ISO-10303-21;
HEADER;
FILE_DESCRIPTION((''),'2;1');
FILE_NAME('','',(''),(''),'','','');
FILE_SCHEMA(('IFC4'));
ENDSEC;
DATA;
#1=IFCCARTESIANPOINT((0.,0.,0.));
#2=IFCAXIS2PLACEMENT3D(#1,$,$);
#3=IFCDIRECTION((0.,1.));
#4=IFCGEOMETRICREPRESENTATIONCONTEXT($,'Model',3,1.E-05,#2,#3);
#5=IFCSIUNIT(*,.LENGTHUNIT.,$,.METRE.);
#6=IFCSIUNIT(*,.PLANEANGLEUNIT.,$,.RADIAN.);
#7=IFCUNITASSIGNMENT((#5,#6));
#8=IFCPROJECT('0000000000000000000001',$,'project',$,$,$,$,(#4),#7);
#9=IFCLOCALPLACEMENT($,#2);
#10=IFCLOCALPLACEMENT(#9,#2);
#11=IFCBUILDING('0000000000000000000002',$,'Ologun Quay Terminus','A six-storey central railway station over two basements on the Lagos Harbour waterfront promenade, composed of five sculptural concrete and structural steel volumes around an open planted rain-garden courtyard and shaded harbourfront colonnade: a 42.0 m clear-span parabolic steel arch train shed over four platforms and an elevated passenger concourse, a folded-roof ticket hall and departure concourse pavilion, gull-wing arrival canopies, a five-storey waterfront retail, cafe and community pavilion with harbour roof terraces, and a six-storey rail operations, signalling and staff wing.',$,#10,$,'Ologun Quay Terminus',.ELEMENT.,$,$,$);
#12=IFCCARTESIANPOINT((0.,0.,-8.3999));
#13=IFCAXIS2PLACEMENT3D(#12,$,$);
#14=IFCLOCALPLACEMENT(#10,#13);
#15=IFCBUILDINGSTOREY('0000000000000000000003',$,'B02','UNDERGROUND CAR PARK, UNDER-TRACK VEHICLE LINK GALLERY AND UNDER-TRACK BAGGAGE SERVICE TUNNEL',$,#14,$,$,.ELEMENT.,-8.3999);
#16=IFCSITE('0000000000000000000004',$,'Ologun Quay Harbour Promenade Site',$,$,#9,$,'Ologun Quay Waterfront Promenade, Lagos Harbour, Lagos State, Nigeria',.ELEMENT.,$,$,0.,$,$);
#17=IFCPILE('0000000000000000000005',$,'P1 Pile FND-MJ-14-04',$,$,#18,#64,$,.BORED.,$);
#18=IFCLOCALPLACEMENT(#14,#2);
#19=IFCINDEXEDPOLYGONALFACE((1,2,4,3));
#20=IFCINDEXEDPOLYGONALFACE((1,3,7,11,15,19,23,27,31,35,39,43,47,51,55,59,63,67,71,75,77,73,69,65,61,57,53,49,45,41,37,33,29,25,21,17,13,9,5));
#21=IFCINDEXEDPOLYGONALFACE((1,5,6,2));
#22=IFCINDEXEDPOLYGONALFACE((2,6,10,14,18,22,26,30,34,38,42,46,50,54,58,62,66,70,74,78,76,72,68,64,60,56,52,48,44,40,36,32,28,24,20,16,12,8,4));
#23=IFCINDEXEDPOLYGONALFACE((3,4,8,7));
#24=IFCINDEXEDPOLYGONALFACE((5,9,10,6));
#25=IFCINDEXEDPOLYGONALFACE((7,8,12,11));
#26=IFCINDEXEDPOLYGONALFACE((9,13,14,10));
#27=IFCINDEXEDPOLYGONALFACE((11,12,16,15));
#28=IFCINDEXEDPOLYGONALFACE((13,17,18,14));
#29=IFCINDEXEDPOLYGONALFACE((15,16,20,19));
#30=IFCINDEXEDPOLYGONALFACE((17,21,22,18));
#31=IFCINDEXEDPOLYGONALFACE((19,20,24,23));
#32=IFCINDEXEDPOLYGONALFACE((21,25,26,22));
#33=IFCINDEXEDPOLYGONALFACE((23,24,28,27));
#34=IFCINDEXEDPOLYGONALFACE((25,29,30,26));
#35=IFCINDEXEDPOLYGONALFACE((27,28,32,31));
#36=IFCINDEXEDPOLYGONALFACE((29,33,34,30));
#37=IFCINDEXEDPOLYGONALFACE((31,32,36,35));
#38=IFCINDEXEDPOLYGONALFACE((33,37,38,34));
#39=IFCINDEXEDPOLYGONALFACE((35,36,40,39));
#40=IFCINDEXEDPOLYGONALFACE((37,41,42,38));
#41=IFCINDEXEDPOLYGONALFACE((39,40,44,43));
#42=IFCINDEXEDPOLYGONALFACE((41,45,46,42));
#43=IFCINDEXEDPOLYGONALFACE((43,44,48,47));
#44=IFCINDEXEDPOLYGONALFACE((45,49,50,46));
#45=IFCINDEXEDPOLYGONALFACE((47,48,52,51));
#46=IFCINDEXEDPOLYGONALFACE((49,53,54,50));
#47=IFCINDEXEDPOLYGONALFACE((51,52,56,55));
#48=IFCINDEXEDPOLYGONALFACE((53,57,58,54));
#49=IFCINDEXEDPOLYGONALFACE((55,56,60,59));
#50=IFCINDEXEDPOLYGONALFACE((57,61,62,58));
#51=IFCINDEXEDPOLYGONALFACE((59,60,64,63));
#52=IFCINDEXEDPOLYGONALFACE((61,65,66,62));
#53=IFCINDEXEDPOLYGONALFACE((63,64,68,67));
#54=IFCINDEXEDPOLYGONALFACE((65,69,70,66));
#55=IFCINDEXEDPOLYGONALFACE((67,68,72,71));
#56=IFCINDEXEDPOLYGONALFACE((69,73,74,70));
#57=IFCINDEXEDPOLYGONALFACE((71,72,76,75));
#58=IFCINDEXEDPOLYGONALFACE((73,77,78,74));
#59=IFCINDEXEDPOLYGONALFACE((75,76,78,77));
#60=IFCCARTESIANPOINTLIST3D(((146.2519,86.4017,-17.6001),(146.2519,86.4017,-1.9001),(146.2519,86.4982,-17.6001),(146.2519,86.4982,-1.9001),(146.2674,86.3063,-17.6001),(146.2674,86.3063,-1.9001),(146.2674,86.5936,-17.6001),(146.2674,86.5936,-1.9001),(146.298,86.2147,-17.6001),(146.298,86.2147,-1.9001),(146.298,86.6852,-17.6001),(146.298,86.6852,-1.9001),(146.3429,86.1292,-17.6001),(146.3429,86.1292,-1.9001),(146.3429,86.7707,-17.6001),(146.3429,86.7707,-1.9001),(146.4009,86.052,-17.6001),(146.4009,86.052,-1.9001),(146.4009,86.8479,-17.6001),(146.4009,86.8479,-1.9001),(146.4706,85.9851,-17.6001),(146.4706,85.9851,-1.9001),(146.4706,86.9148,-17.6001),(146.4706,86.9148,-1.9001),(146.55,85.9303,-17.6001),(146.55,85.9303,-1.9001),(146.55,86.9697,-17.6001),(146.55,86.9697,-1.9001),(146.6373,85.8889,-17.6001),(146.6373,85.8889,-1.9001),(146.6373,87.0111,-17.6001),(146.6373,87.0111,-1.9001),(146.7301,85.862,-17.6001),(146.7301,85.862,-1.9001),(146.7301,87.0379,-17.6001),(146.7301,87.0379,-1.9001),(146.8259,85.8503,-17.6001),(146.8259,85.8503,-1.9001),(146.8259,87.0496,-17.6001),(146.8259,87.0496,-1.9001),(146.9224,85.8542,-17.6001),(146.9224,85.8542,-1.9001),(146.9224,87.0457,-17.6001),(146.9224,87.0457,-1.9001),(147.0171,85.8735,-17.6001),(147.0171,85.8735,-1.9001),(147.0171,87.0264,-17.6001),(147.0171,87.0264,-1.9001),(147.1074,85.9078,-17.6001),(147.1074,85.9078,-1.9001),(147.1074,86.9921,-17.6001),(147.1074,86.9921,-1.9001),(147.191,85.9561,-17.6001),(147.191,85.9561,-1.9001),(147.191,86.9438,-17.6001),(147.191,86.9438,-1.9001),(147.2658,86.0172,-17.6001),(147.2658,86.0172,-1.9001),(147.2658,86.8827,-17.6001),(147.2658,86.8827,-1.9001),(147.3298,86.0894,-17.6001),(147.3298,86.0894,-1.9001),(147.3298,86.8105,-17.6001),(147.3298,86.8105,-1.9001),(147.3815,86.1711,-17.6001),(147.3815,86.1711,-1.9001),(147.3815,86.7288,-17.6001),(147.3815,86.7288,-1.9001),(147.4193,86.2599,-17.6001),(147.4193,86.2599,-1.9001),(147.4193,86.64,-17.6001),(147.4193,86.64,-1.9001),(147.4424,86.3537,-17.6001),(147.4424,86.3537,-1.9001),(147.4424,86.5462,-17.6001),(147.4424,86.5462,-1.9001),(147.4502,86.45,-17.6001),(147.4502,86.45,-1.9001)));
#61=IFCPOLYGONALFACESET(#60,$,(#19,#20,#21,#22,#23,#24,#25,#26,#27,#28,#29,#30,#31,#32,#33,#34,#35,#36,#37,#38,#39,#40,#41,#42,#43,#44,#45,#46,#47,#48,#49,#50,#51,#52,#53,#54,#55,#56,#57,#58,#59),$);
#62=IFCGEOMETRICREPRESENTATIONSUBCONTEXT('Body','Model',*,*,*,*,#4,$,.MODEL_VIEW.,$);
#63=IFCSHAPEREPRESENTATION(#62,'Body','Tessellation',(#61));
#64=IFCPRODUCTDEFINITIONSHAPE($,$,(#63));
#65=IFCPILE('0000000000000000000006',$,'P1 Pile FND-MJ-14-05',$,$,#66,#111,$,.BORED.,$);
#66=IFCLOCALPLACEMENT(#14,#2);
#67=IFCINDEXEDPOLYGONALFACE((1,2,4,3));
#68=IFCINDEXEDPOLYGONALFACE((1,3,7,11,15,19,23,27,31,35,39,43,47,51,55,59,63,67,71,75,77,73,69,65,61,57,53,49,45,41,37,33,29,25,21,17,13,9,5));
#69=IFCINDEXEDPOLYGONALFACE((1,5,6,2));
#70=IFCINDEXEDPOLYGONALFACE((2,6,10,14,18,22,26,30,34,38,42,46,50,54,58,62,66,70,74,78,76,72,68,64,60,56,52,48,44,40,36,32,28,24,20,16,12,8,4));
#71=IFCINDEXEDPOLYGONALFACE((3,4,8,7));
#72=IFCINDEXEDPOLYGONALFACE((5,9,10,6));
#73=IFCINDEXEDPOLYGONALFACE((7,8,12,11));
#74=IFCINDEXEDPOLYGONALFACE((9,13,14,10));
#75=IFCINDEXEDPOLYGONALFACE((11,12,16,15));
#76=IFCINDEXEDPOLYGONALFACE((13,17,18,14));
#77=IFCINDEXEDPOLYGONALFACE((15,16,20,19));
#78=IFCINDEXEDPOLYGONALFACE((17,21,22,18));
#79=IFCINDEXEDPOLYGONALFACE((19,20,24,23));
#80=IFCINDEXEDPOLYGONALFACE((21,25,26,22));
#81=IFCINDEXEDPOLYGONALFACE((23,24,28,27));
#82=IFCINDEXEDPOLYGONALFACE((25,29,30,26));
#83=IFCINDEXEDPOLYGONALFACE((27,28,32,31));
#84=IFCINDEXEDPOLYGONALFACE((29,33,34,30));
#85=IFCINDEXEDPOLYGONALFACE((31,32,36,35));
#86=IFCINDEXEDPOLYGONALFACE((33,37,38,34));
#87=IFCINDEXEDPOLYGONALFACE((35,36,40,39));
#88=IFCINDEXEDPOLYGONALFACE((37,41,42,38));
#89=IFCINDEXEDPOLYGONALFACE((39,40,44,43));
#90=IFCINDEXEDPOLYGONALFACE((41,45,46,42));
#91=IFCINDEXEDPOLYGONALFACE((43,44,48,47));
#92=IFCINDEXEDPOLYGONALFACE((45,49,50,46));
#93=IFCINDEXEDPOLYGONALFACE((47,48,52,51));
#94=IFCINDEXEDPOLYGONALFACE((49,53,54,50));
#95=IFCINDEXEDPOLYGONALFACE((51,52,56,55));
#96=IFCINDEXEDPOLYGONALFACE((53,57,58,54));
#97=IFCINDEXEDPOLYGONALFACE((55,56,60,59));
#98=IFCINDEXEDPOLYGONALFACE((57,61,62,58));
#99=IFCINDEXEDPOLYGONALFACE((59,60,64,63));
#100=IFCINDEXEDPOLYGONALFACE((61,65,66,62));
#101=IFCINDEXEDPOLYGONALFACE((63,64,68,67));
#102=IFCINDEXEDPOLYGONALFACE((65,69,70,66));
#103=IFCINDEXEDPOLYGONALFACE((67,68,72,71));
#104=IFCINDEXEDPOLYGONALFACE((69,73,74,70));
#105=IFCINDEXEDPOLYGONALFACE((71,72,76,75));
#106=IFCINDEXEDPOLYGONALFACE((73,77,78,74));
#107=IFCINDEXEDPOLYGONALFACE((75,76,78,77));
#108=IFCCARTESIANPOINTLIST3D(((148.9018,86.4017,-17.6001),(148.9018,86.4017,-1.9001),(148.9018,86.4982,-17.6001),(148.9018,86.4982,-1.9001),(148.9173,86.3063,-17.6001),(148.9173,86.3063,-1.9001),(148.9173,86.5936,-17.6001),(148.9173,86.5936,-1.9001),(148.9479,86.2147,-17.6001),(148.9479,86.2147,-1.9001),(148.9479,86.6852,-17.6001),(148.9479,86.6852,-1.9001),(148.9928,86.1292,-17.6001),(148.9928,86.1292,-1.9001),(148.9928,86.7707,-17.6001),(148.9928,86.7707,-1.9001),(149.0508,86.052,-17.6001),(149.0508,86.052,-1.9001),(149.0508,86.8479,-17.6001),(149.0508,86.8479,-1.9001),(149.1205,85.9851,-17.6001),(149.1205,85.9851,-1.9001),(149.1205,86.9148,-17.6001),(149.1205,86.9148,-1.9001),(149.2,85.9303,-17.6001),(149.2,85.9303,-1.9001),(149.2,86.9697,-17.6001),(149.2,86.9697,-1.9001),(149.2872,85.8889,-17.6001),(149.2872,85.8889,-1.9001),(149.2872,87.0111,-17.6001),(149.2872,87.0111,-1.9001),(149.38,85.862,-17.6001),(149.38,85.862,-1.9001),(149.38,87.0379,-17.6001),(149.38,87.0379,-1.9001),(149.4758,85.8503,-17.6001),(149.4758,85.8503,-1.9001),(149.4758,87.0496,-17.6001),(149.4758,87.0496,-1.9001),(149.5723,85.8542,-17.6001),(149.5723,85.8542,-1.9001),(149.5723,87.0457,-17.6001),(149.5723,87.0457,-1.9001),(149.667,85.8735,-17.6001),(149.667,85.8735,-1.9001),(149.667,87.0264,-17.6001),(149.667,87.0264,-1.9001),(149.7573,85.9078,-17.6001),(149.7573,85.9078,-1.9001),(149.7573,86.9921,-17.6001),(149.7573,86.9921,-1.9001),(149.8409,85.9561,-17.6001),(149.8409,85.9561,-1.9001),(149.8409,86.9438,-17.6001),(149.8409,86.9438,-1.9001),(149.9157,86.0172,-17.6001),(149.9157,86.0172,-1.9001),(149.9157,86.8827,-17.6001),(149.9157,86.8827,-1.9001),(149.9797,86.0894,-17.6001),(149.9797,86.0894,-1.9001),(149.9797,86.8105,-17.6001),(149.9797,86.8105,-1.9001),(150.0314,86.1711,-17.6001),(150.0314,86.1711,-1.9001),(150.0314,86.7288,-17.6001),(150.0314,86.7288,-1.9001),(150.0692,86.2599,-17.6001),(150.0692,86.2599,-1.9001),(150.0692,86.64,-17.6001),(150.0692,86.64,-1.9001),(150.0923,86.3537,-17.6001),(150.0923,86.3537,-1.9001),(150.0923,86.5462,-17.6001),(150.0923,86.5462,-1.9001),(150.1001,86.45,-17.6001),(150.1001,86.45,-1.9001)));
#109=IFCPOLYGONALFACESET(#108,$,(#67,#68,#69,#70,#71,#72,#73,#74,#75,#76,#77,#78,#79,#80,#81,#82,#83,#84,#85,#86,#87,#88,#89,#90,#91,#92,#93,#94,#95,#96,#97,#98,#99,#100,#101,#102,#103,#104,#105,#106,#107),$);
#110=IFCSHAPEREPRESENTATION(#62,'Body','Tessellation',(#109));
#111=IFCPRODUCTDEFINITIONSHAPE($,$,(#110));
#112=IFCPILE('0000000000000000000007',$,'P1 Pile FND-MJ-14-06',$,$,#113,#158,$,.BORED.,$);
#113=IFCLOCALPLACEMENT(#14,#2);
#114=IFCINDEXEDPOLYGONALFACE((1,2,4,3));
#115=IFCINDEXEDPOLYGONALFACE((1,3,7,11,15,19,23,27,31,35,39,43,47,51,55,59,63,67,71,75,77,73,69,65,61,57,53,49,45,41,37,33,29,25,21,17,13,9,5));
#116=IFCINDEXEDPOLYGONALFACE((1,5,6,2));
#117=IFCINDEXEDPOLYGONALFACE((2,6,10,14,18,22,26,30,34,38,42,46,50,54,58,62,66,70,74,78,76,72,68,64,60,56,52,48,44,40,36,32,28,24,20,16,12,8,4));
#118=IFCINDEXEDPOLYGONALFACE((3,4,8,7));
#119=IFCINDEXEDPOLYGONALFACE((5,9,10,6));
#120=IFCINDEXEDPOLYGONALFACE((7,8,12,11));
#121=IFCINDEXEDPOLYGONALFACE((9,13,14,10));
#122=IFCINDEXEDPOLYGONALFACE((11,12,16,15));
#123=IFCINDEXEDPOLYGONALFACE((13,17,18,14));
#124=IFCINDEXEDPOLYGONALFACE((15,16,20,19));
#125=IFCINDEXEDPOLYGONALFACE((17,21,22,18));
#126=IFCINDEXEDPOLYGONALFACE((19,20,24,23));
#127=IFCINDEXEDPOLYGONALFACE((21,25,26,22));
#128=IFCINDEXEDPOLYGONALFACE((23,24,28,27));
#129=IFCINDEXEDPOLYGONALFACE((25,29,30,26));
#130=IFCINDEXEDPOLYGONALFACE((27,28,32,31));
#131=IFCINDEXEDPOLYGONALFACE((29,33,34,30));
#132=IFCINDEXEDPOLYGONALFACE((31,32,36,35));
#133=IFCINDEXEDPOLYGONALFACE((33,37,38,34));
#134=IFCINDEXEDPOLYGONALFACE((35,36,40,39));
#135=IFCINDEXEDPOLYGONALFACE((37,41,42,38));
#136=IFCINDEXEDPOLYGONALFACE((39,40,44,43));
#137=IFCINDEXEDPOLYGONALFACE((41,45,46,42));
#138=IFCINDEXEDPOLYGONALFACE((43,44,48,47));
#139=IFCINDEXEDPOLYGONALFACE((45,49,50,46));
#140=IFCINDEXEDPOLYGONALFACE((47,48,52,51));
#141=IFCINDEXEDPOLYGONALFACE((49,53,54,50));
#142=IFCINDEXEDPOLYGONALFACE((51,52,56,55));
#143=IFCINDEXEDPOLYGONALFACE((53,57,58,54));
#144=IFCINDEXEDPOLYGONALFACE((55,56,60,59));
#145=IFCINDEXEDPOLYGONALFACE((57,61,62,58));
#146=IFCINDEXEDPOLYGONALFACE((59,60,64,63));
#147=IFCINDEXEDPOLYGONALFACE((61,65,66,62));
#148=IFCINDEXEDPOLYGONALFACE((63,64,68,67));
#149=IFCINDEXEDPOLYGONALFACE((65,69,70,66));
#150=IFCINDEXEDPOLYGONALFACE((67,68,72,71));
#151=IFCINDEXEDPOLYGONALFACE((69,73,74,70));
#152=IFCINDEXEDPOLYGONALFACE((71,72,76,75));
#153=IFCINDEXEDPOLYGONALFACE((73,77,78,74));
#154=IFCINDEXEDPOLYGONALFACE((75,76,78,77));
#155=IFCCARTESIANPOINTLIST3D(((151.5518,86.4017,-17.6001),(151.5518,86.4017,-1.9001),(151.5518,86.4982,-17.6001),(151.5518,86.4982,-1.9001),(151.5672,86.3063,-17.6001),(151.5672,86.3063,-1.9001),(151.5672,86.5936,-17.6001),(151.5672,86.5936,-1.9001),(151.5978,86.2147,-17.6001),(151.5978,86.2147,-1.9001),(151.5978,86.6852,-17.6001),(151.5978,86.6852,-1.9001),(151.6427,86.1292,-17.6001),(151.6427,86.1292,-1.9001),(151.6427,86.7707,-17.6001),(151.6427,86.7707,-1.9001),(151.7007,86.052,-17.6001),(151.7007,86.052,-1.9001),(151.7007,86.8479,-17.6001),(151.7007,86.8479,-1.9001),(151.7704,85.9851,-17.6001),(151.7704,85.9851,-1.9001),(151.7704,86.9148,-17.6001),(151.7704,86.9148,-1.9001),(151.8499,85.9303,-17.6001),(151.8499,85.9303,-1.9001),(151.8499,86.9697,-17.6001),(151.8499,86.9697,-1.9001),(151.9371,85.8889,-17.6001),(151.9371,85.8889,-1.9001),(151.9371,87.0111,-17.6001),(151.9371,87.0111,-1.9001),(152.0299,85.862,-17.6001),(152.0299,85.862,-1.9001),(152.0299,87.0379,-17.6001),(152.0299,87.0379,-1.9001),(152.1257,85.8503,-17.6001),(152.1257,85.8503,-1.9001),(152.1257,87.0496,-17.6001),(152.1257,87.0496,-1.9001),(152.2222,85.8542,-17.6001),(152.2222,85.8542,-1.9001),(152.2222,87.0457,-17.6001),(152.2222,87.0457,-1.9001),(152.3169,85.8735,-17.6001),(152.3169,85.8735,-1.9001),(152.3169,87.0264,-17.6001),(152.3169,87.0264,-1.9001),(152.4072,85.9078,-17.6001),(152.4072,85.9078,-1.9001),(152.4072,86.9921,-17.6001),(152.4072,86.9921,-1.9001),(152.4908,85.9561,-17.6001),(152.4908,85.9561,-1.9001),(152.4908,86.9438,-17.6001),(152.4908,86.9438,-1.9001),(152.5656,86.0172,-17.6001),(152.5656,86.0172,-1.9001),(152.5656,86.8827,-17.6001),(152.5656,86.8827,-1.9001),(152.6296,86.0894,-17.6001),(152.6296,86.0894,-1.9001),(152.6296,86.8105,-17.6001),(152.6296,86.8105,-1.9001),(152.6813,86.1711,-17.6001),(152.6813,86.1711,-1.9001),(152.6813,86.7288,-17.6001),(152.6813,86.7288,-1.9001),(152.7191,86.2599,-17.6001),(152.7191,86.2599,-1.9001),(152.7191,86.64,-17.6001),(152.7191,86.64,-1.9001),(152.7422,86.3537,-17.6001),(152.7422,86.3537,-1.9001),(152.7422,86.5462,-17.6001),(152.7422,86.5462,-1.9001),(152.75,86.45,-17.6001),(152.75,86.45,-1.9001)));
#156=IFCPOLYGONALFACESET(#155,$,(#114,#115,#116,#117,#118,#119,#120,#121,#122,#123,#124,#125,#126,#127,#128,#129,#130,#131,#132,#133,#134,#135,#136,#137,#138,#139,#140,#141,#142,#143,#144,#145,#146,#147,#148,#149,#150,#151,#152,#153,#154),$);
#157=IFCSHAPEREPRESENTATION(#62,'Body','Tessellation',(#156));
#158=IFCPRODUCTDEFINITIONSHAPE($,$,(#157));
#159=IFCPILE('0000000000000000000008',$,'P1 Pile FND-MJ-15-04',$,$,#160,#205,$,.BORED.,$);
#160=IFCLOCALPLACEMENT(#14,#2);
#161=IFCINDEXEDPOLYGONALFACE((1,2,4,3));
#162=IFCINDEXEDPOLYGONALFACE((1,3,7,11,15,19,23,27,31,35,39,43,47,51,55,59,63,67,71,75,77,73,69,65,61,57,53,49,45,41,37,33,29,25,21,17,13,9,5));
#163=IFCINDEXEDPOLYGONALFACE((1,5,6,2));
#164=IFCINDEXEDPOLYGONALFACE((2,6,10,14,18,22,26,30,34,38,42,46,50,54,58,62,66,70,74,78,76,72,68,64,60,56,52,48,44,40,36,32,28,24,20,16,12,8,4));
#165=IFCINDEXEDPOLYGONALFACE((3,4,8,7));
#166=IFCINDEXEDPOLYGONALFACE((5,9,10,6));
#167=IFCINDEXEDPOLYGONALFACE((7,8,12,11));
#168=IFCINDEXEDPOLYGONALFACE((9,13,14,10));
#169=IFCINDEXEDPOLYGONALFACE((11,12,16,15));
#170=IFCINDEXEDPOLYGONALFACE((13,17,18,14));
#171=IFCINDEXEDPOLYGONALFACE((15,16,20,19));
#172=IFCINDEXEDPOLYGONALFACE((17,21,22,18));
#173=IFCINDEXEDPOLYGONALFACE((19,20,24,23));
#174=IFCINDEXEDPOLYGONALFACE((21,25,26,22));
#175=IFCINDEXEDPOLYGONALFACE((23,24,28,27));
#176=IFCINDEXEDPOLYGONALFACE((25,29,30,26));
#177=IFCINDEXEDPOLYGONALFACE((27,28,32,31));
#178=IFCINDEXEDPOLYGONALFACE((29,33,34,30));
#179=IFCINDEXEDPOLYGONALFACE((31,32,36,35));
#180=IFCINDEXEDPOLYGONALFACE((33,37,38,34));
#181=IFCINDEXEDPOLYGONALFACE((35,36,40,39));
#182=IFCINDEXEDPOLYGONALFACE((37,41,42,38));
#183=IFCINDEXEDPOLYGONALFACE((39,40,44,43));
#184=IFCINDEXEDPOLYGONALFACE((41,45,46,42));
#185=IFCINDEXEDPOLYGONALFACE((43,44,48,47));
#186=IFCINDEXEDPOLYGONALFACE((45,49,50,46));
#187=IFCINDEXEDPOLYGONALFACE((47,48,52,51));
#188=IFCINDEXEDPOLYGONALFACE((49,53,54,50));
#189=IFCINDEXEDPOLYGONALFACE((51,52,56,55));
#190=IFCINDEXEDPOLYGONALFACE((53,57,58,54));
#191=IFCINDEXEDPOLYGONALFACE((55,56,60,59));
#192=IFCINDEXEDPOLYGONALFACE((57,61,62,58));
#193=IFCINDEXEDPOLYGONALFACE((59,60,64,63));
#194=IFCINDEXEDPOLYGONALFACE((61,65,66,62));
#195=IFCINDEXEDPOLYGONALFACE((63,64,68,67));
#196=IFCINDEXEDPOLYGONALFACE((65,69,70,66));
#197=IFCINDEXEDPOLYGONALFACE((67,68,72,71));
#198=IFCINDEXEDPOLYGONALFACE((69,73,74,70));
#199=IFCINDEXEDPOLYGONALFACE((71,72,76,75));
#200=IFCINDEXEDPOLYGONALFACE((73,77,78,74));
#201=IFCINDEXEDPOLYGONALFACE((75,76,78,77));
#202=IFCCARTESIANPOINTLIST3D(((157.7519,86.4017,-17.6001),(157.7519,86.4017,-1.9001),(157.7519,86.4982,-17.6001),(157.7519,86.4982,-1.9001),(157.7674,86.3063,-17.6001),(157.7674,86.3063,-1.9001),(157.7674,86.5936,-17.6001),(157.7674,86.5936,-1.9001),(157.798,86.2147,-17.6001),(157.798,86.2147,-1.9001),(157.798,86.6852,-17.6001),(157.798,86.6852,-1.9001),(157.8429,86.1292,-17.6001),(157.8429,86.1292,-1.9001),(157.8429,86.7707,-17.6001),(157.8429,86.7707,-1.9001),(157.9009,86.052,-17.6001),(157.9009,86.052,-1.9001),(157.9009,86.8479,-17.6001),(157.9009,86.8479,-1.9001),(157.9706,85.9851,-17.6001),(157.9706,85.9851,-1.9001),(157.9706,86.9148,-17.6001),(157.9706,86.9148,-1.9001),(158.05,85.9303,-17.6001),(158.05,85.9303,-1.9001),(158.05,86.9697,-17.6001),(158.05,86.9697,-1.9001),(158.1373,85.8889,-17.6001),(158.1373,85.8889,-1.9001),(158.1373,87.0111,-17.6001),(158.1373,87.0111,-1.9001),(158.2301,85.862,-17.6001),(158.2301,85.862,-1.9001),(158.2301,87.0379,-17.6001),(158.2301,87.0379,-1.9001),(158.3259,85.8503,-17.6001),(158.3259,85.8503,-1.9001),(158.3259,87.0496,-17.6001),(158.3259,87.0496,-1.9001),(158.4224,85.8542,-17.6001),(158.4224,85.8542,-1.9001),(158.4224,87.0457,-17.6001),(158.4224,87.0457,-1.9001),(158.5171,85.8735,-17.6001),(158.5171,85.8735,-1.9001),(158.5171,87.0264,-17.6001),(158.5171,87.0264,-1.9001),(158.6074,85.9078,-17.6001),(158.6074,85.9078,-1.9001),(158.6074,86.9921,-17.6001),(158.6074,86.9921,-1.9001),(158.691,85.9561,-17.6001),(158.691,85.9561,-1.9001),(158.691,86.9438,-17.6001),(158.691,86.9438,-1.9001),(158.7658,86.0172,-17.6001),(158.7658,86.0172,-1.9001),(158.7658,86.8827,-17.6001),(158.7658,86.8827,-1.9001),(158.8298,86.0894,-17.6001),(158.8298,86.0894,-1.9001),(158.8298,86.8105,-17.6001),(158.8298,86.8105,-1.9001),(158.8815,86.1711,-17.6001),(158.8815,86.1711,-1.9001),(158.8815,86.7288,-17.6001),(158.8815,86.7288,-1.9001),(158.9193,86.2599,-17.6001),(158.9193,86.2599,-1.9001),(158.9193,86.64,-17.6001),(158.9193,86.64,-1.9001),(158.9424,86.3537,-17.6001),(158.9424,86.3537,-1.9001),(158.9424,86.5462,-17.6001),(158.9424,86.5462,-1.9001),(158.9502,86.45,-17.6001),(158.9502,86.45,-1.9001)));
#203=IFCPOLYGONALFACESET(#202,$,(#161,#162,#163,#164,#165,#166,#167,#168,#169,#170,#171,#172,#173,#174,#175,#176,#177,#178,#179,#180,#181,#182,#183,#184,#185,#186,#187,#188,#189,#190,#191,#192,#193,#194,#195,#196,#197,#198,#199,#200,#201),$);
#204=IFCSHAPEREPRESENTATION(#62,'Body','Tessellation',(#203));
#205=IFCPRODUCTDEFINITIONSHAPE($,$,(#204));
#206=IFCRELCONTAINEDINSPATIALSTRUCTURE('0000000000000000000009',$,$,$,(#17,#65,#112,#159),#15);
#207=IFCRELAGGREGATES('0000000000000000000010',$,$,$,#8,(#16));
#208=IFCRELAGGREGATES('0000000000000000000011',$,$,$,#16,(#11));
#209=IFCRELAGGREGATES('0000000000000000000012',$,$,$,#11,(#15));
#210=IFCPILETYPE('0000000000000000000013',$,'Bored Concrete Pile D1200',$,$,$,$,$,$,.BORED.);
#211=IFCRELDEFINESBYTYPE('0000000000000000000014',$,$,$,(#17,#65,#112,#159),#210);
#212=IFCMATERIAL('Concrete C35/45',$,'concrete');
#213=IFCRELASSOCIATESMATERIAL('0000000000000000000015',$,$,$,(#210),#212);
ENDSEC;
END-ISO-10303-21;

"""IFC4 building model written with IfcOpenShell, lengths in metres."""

from ifc_helpers import new_model, si_unit, direction, frame, origin, origin_2d, place, context, subcontext, project, spatial, circle, extrude, material, material_profile, profile_set, type_object, element, save


model = new_model("IFC4")

# Units and contexts
model_context = context("Model", 3, precision=1e-05, world=origin(), true_north=direction((0.0, 1.0)))
body_context = subcontext(model_context, "Body", "Model", "MODEL_VIEW")
ifc_project = project(units=[si_unit("LENGTHUNIT", "METRE"), si_unit("PLANEANGLEUNIT", "RADIAN")], contexts=[model_context])

# Site, building, storey
site_placement = place(None, origin())
site = spatial("IfcSite", under=ifc_project, at=site_placement, Name="Ologun Quay Harbour Promenade Site", LongName="Ologun Quay Waterfront Promenade, Lagos Harbour, Lagos State, Nigeria", CompositionType="ELEMENT", RefElevation=0.0)
building_placement = place(site_placement, origin())
building = spatial("IfcBuilding", under=site, at=building_placement, Name="Ologun Quay Terminus", Description="A six-storey central railway station over two basements on the Lagos Harbour waterfront promenade, composed of five sculptural concrete and structural steel volumes around an open planted rain-garden courtyard and shaded harbourfront colonnade: a 42.0 m clear-span parabolic steel arch train shed over four platforms and an elevated passenger concourse, a folded-roof ticket hall and departure concourse pavilion, gull-wing arrival canopies, a five-storey waterfront retail, cafe and community pavilion with harbour roof terraces, and a six-storey rail operations, signalling and staff wing.", LongName="Ologun Quay Terminus", CompositionType="ELEMENT")
storey_placement = place(building_placement, frame((0.0, 0.0, -8.3999)))
storey = spatial("IfcBuildingStorey", under=building, at=storey_placement, Name="B02", Description="UNDERGROUND CAR PARK, UNDER-TRACK VEHICLE LINK GALLERY AND UNDER-TRACK BAGGAGE SERVICE TUNNEL", CompositionType="ELEMENT", Elevation=-8.3999)

# Piles
ifc_material_1 = material(Name="Concrete C35/45", Category="concrete")
ifc_material_profile_1 = material_profile(ifc_material_1, circle(Radius=0.6001, at=origin_2d()), Name="PILE D1200")
ifc_profile_set_1 = profile_set([ifc_material_profile_1], Name="Concrete C35/45")
pile_type = type_object("IfcPileType", Name="Bored Concrete Pile D1200", PredefinedType="BORED", material=ifc_profile_set_1)
for number, where, z_axis, x_axis, name in (
    (1, (146.8501, 86.45, -1.9001), (0.0, 0.0, -1.0), (1.0, 0.0, 0.0), "P1 Pile FND-MJ-14-04"),
    (2, (149.5, 86.45, -1.9001), (0.0, 0.0, -1.0), (1.0, 0.0, 0.0), "P1 Pile FND-MJ-14-05"),
    (3, (152.1499, 86.45, -1.9001), (0.0, 0.0, -1.0), (1.0, 0.0, 0.0), "P1 Pile FND-MJ-14-06"),
    (4, (158.3501, 86.45, -1.9001), (0.0, 0.0, -1.0), (1.0, 0.0, 0.0), "P1 Pile FND-MJ-15-04"),
):
    element("IfcPile", number, at=place(storey_placement, frame(where, z_axis=z_axis, x_axis=x_axis)), inside=storey, type_object=pile_type, Name=name, PredefinedType="BORED", context=body_context, shape_type="SweptSolid", body=[
        extrude(circle(Radius=0.6001, at=origin_2d()), origin(), (0.0, 0.0, 1.0), 15.7),
    ])

save(model, "model.ifc")
